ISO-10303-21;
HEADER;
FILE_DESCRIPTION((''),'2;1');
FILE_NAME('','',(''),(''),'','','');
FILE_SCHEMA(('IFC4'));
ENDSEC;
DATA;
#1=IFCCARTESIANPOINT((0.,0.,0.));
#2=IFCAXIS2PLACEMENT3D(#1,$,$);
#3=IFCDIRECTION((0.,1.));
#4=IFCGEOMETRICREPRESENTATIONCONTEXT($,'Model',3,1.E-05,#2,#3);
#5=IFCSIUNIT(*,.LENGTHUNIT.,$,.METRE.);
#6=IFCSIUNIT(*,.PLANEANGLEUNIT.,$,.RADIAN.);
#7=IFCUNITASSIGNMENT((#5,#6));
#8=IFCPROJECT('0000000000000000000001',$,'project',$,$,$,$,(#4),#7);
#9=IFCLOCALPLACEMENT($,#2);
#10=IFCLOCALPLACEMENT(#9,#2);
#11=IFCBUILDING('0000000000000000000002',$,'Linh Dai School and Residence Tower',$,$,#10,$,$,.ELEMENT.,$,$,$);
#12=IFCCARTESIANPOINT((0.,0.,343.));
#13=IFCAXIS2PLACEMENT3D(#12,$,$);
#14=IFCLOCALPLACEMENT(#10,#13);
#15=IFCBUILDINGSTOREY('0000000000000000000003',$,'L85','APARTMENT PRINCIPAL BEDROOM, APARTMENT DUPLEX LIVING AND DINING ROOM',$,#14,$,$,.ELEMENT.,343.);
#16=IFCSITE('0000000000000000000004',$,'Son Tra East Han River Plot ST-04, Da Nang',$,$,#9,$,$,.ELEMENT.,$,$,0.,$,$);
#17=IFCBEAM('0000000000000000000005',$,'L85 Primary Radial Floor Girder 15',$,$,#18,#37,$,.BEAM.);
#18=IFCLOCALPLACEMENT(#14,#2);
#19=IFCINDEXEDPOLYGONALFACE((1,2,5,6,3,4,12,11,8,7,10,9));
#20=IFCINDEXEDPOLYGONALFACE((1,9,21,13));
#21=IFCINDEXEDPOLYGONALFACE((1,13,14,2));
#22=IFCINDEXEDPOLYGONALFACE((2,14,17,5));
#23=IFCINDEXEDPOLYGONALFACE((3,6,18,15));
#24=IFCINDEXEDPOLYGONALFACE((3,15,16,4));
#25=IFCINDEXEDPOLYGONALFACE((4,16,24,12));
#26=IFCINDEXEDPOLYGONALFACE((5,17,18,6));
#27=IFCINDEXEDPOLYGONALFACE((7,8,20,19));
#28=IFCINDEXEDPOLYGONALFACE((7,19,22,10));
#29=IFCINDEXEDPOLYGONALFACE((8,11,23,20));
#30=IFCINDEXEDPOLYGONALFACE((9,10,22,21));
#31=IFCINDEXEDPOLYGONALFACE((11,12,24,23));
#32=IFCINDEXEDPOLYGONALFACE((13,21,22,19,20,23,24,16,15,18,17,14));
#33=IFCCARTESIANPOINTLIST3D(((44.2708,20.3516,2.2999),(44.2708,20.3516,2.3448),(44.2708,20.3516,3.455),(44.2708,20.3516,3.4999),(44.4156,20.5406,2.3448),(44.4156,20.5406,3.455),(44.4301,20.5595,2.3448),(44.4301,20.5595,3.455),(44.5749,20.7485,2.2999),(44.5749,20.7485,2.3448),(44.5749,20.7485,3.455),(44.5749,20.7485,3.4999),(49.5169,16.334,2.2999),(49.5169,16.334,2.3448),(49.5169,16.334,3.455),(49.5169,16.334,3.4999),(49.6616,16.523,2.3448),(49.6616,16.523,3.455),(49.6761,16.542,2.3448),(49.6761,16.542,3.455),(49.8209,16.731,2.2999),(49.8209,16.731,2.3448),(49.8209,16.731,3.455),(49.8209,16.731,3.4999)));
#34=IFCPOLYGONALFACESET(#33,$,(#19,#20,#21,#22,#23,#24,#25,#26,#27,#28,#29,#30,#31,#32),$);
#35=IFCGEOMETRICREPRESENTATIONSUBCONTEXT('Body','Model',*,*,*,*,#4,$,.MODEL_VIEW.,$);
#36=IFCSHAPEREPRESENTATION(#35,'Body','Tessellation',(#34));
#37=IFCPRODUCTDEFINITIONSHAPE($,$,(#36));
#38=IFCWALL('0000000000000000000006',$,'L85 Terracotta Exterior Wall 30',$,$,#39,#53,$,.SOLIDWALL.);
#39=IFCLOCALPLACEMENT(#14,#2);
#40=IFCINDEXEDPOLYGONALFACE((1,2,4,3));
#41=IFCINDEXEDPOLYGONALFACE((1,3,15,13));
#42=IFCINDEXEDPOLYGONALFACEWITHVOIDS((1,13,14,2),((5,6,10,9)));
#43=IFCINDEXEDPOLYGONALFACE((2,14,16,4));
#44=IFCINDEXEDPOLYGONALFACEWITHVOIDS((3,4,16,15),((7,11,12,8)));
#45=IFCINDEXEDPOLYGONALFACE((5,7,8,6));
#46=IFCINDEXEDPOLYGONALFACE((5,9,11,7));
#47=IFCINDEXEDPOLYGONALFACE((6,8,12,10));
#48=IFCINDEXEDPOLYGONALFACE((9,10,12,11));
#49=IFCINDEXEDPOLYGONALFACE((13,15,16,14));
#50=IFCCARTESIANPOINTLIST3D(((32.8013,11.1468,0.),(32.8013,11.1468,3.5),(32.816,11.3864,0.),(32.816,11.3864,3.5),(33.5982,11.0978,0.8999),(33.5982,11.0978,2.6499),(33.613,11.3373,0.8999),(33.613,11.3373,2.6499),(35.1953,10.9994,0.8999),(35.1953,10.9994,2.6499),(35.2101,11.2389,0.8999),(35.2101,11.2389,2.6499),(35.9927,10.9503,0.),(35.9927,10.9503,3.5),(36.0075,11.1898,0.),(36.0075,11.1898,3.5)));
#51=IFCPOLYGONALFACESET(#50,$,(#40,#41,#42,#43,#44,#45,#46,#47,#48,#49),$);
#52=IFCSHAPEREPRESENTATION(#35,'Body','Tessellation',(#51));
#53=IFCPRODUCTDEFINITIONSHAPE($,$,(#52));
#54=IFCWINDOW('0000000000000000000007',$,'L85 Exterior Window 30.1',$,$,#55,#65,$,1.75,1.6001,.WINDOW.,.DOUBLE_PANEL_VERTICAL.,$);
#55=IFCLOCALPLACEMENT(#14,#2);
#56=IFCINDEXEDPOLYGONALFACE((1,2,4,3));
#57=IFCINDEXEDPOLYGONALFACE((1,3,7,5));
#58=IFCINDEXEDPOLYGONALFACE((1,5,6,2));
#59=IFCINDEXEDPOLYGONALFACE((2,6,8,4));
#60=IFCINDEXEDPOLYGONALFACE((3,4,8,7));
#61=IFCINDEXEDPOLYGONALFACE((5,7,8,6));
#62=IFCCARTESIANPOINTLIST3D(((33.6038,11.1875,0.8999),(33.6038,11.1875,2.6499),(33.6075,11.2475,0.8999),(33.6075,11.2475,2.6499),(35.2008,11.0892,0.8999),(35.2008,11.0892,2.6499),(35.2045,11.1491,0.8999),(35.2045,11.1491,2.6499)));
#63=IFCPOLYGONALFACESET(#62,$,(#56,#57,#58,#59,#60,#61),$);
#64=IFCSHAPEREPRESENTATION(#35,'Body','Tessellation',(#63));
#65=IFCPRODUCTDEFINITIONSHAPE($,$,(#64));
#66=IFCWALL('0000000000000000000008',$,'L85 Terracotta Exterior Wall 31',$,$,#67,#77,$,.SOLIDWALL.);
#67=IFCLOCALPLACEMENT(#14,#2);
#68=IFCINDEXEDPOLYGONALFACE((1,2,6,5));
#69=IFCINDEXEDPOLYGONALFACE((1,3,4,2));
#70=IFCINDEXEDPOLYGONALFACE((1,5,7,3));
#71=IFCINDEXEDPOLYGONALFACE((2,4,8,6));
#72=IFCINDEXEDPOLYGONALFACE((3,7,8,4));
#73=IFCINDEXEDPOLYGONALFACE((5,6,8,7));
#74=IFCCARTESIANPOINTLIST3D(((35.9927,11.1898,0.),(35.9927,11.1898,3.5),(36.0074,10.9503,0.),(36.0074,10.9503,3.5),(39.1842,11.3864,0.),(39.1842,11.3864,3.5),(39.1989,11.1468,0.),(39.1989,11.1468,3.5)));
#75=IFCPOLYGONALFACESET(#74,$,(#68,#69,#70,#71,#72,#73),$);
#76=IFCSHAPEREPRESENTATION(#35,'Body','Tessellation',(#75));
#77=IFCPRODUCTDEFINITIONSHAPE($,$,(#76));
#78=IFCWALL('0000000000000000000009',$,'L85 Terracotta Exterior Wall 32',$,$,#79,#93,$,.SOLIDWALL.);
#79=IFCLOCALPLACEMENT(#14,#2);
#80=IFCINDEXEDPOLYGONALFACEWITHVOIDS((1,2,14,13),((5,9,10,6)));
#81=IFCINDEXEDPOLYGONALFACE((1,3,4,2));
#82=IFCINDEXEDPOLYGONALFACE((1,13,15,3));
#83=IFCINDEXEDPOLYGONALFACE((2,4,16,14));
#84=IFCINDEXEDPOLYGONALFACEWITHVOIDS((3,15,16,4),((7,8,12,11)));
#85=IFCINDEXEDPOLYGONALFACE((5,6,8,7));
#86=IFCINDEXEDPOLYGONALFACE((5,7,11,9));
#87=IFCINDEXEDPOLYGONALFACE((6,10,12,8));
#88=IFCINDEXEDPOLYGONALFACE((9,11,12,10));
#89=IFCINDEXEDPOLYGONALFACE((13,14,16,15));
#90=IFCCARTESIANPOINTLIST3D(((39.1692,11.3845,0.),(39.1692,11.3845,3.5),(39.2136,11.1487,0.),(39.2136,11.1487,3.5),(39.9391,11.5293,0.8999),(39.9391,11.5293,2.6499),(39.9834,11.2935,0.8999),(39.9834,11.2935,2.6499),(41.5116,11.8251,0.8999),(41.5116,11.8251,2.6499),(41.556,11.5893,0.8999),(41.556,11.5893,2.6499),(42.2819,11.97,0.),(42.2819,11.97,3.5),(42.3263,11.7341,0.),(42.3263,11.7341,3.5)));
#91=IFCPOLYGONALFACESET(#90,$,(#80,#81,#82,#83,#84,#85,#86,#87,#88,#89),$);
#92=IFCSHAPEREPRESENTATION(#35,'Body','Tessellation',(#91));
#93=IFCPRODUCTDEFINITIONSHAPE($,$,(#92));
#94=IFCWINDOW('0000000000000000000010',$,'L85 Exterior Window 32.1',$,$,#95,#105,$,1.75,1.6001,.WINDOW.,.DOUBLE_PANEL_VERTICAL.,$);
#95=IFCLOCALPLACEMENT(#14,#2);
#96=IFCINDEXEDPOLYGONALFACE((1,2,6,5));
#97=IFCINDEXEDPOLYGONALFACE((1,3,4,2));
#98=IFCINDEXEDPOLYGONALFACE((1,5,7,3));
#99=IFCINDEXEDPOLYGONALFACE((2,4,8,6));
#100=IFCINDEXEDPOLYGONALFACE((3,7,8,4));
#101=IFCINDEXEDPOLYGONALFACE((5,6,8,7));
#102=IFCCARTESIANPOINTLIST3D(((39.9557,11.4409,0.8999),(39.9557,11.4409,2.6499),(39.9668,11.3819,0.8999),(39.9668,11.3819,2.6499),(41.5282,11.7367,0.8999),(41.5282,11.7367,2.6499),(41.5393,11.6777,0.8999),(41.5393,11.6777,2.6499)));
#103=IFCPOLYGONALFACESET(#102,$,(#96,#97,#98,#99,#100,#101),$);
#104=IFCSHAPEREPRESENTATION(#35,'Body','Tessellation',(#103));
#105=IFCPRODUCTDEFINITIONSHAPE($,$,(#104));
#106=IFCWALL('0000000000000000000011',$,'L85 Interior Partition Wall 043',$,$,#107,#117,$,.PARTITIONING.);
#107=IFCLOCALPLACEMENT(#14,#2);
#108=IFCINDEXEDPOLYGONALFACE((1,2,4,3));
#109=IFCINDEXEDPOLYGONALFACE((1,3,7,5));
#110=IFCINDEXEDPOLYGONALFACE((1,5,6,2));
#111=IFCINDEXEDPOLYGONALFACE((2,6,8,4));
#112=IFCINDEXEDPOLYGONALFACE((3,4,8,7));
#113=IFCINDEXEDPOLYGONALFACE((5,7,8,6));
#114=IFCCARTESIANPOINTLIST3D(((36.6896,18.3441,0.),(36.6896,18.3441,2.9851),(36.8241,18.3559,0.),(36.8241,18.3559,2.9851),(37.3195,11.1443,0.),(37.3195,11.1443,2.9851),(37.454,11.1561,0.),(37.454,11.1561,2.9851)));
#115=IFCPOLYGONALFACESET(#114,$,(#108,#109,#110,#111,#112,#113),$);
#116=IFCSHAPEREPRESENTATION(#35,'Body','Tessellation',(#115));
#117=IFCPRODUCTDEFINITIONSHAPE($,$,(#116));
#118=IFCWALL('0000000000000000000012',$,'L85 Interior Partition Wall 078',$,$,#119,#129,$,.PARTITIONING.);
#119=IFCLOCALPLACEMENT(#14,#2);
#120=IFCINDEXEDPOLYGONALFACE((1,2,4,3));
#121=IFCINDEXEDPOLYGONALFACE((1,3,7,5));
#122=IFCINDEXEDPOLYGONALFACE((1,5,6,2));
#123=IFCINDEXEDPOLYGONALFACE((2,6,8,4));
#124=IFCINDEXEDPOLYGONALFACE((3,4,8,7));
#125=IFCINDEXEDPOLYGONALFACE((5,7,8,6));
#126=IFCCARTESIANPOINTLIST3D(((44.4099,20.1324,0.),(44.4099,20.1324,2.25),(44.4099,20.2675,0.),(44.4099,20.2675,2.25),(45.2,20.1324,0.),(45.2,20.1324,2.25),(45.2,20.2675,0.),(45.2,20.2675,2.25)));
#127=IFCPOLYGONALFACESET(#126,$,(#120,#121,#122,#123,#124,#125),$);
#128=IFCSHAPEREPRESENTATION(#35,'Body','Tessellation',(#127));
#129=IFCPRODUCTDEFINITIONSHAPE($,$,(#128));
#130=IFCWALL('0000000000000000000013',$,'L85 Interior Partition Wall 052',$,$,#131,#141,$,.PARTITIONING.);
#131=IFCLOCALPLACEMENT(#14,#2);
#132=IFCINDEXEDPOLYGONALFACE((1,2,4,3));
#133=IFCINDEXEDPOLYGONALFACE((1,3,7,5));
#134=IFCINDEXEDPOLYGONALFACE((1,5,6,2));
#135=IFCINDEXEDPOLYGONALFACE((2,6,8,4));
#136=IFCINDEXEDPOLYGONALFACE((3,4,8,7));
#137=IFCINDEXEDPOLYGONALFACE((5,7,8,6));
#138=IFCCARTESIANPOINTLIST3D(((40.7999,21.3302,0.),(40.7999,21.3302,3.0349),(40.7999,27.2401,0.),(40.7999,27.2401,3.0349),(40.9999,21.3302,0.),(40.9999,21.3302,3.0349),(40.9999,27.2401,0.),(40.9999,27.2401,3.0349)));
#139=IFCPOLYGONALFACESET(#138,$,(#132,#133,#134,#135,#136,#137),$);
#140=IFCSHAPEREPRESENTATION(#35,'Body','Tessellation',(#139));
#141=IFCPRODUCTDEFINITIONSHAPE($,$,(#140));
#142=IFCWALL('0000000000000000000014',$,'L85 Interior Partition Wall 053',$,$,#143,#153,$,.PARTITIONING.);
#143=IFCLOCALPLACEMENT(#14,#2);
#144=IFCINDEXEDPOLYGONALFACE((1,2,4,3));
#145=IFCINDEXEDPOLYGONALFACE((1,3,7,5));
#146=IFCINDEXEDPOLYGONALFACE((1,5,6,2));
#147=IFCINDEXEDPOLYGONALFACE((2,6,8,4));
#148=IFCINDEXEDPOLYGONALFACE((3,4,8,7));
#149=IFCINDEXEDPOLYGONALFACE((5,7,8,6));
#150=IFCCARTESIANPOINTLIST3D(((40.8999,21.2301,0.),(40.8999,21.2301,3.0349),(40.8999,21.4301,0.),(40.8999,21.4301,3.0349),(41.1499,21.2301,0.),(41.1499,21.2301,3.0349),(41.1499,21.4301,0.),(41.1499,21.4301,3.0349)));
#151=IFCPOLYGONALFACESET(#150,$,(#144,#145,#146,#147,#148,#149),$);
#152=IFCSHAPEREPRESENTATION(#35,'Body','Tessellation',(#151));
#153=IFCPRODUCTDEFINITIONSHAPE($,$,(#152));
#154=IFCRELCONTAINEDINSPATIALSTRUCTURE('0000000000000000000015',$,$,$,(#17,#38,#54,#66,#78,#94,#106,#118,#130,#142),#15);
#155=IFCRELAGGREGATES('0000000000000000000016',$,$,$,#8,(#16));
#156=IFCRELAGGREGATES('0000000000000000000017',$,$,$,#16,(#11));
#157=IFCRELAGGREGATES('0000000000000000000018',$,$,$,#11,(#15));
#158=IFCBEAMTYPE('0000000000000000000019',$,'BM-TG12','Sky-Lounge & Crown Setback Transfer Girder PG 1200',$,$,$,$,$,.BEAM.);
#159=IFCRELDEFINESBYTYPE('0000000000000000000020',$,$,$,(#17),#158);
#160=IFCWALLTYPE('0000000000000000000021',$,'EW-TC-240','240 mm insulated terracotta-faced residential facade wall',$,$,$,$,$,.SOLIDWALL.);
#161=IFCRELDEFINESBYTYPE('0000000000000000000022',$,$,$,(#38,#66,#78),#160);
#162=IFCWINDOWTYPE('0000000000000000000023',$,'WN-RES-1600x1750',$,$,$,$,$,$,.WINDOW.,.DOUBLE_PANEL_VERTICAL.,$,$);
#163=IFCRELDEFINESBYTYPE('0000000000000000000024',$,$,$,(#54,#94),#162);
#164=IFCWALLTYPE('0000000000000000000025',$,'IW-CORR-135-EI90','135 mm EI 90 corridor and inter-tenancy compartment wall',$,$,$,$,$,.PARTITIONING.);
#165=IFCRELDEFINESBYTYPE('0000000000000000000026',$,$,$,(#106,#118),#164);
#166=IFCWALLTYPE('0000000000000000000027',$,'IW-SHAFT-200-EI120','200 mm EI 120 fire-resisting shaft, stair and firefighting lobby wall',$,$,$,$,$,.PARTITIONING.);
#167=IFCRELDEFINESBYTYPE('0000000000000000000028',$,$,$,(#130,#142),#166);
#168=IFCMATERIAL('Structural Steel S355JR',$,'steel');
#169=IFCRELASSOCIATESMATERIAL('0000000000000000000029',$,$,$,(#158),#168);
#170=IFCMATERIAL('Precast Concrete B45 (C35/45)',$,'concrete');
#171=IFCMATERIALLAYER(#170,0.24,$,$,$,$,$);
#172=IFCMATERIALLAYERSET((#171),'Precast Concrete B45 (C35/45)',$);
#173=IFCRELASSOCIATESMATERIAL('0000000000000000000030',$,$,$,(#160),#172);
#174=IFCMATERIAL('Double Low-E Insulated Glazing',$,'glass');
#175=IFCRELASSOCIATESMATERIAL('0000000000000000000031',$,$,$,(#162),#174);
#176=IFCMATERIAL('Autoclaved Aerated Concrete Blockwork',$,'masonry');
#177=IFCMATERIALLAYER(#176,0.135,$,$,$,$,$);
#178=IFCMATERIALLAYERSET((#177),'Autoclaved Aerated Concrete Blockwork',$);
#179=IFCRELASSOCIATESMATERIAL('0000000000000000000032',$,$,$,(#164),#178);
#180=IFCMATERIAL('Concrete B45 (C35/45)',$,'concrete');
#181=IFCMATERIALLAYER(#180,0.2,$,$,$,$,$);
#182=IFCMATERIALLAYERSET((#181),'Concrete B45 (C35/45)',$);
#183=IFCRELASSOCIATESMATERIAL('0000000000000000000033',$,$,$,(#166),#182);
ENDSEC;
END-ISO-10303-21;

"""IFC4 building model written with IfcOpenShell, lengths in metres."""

from ifc_helpers import new_model, si_unit, direction, frame, frame_2d, origin, origin_2d, place, context, subcontext, project, spatial, rectangle, i_section, extrude, source, transform, mapped, material, layer, layer_set, material_profile, profile_set, type_object, element, fill, save


model = new_model("IFC4")

# Units and contexts
model_context = context("Model", 3, precision=1e-05, world=origin(), true_north=direction((0.0, 1.0)))
body_context = subcontext(model_context, "Body", "Model", "MODEL_VIEW")
ifc_project = project(units=[si_unit("LENGTHUNIT", "METRE"), si_unit("PLANEANGLEUNIT", "RADIAN")], contexts=[model_context])

# Site, building, storey
site_placement = place(None, origin())
site = spatial("IfcSite", under=ifc_project, at=site_placement, Name="Son Tra East Han River Plot ST-04, Da Nang", CompositionType="ELEMENT", RefElevation=0.0)
building_placement = place(site_placement, origin())
building = spatial("IfcBuilding", under=site, at=building_placement, Name="Linh Dai School and Residence Tower", CompositionType="ELEMENT")
storey_placement = place(building_placement, frame((0.0, 0.0, 343.0)))
storey = spatial("IfcBuildingStorey", under=building, at=storey_placement, Name="L85", Description="APARTMENT PRINCIPAL BEDROOM, APARTMENT DUPLEX LIVING AND DINING ROOM", CompositionType="ELEMENT", Elevation=343.0)

# Shared definitions
ifc_material_1 = material(Name="Structural Steel S355JR", Category="steel")

# Beam
ifc_material_profile_1 = material_profile(ifc_material_1, i_section(OverallWidth=0.5, OverallDepth=1.2, WebThickness=0.0239, FlangeThickness=0.0449, at=origin_2d()), Name="PG 1200x500x24x45")
ifc_profile_set_1 = profile_set([ifc_material_profile_1], Name="Structural Steel S355JR")
beam_type_1 = type_object("IfcBeamType", Name="BM-TG12", Description="Sky-Lounge & Crown Setback Transfer Girder PG 1200", PredefinedType="BEAM", material=ifc_profile_set_1)
beam_1_placement = place(storey_placement, frame((44.4229, 20.55, 2.8999), z_axis=(0.79393, -0.608009, 0.0), x_axis=(0.608009, 0.79393, 0.0)))
element("IfcBeam", 1, at=beam_1_placement, inside=storey, type_object=beam_type_1, Name="L85 Primary Radial Floor Girder 15", PredefinedType="BEAM", context=body_context, shape_type="SweptSolid", body=[
    extrude(i_section(OverallWidth=0.5, OverallDepth=1.2, WebThickness=0.0239, FlangeThickness=0.0449, at=origin_2d()), origin(), (0.0, 0.0, 1.0), 6.6077),
])

# Wall, opening, window
ifc_material_2 = material(Name="Precast Concrete B45 (C35/45)", Category="concrete")
ifc_layer_1 = layer(ifc_material_2, 0.24)
ifc_layer_set_1 = layer_set([ifc_layer_1], Name="Precast Concrete B45 (C35/45)")
wall_type_1 = type_object("IfcWallType", Name="EW-TC-240", Description="240 mm insulated terracotta-faced residential facade wall", PredefinedType="SOLIDWALL", material=ifc_layer_set_1)
wall_1_placement = place(storey_placement, frame((36.0, 11.0701, 0.0), z_axis=(0.0, 0.0, 1.0), x_axis=(-0.998109, 0.061466, 0.0)))
wall_1 = element("IfcWall", 2, at=wall_1_placement, inside=storey, type_object=wall_type_1, Name="L85 Terracotta Exterior Wall 30", PredefinedType="SOLIDWALL", context=body_context, shape_type="SweptSolid", body=[
    extrude(rectangle(XDim=3.1975, YDim=0.24, at=frame_2d((1.5986, 0.0))), origin(), (0.0, 0.0, 1.0), 3.5),
])
opening_1_placement = place(wall_1_placement, frame((0.7988, 0.0, 0.8999)))
opening_1 = element("IfcOpeningElement", 3, at=opening_1_placement, cuts=wall_1, PredefinedType="OPENING", context=body_context, shape_type="SweptSolid", body=[
    extrude(rectangle(XDim=1.6001, YDim=1.75, at=origin_2d()), frame((0.8, 0.1299, 0.875), z_axis=(0.0, -1.0, 0.0), x_axis=(1.0, 0.0, 0.0)), (0.0, 0.0, 1.0), 0.26),
])
ifc_material_3 = material(Name="Double Low-E Insulated Glazing", Category="glass")
window_type = type_object("IfcWindowType", Name="WN-RES-1600x1750", PartitioningType="DOUBLE_PANEL_VERTICAL", PredefinedType="WINDOW", material=ifc_material_3)
shared_shape_1 = source(origin(), body_context, "Body", "SweptSolid", [
    extrude(rectangle(XDim=1.6001, YDim=1.75, at=origin_2d()), frame((0.8, 0.03, 0.875), z_axis=(0.0, -1.0, 0.0), x_axis=(1.0, 0.0, 0.0)), (0.0, 0.0, 1.0), 0.0601),
])
window_1_placement = place(opening_1_placement, origin())
window_1 = element("IfcWindow", 4, at=window_1_placement, inside=storey, type_object=window_type, Name="L85 Exterior Window 30.1", OverallHeight=1.75, OverallWidth=1.6001, PartitioningType="DOUBLE_PANEL_VERTICAL", PredefinedType="WINDOW", context=body_context, shape_type="MappedRepresentation", body=[
    mapped(shared_shape_1, transform((0.0, 0.0, 0.0), x_axis=(1.0, 0.0, 0.0), y_axis=(0.0, 1.0, 0.0), z_axis=(0.0, 0.0, 1.0), scale=1.0)),
])
fill(opening_1, window_1)

# Wall
wall_2_placement = place(storey_placement, frame((39.1914, 11.2666, 0.0), z_axis=(0.0, 0.0, 1.0), x_axis=(-0.998109, -0.061466, 0.0)))
element("IfcWall", 5, at=wall_2_placement, inside=storey, type_object=wall_type_1, Name="L85 Terracotta Exterior Wall 31", PredefinedType="SOLIDWALL", context=body_context, shape_type="SweptSolid", body=[
    extrude(rectangle(XDim=3.1975, YDim=0.24, at=frame_2d((1.5986, 0.0))), origin(), (0.0, 0.0, 1.0), 3.5),
])

# Wall, opening, window
wall_3_placement = place(storey_placement, frame((42.304, 11.8521, 0.0), z_axis=(0.0, 0.0, 1.0), x_axis=(-0.982766, -0.184852, 0.0)))
wall_3 = element("IfcWall", 6, at=wall_3_placement, inside=storey, type_object=wall_type_1, Name="L85 Terracotta Exterior Wall 32", PredefinedType="SOLIDWALL", context=body_context, shape_type="SweptSolid", body=[
    extrude(rectangle(XDim=3.1672, YDim=0.24, at=frame_2d((1.5835, 0.0))), origin(), (0.0, 0.0, 1.0), 3.5),
])
opening_2_placement = place(wall_3_placement, frame((0.7837, 0.0, 0.8999)))
opening_2 = element("IfcOpeningElement", 7, at=opening_2_placement, cuts=wall_3, PredefinedType="OPENING", context=body_context, shape_type="SweptSolid", body=[
    extrude(rectangle(XDim=1.6001, YDim=1.75, at=origin_2d()), frame((0.8, 0.1299, 0.875), z_axis=(0.0, -1.0, 0.0), x_axis=(1.0, 0.0, 0.0)), (0.0, 0.0, 1.0), 0.26),
])
window_2_placement = place(opening_2_placement, origin())
window_2 = element("IfcWindow", 8, at=window_2_placement, inside=storey, type_object=window_type, Name="L85 Exterior Window 32.1", OverallHeight=1.75, OverallWidth=1.6001, PartitioningType="DOUBLE_PANEL_VERTICAL", PredefinedType="WINDOW", context=body_context, shape_type="MappedRepresentation", body=[
    mapped(shared_shape_1, transform((0.0, 0.0, 0.0), x_axis=(1.0, 0.0, 0.0), y_axis=(0.0, 1.0, 0.0), z_axis=(0.0, 0.0, 1.0), scale=1.0)),
])
fill(opening_2, window_2)

# Walls
ifc_material_4 = material(Name="Autoclaved Aerated Concrete Blockwork", Category="masonry")
ifc_layer_2 = layer(ifc_material_4, 0.135)
ifc_layer_set_2 = layer_set([ifc_layer_2], Name="Autoclaved Aerated Concrete Blockwork")
wall_type_2 = type_object("IfcWallType", Name="IW-CORR-135-EI90", Description="135 mm EI 90 corridor and inter-tenancy compartment wall", PredefinedType="PARTITIONING", material=ifc_layer_set_2)
wall_4_placement = place(storey_placement, frame((36.7568, 18.3501, 0.0), z_axis=(0.0, 0.0, 1.0), x_axis=(0.087154, -0.996195, 0.0)))
element("IfcWall", 9, at=wall_4_placement, inside=storey, type_object=wall_type_2, Name="L85 Interior Partition Wall 043", PredefinedType="PARTITIONING", context=body_context, shape_type="SweptSolid", body=[
    extrude(rectangle(XDim=7.2273, YDim=0.135, at=frame_2d((3.6138, 0.0))), origin(), (0.0, 0.0, 1.0), 2.9851),
])
wall_5_placement = place(storey_placement, frame((44.4099, 20.2, 0.0), z_axis=(0.0, 0.0, 1.0), x_axis=(1.0, 0.0, 0.0)))
element("IfcWall", 10, at=wall_5_placement, inside=storey, type_object=wall_type_2, Name="L85 Interior Partition Wall 078", PredefinedType="PARTITIONING", context=body_context, shape_type="SweptSolid", body=[
    extrude(rectangle(XDim=0.79, YDim=0.135, at=frame_2d((0.395, 0.0))), origin(), (0.0, 0.0, 1.0), 2.25),
])
ifc_material_5 = material(Name="Concrete B45 (C35/45)", Category="concrete")
ifc_layer_3 = layer(ifc_material_5, 0.2)
ifc_layer_set_3 = layer_set([ifc_layer_3], Name="Concrete B45 (C35/45)")
wall_type_3 = type_object("IfcWallType", Name="IW-SHAFT-200-EI120", Description="200 mm EI 120 fire-resisting shaft, stair and firefighting lobby wall", PredefinedType="PARTITIONING", material=ifc_layer_set_3)
wall_6_placement = place(storey_placement, frame((40.8999, 21.3301, 0.0), z_axis=(0.0, 0.0, 1.0), x_axis=(0.0, 1.0, 0.0)))
element("IfcWall", 11, at=wall_6_placement, inside=storey, type_object=wall_type_3, Name="L85 Interior Partition Wall 052", PredefinedType="PARTITIONING", context=body_context, shape_type="SweptSolid", body=[
    extrude(rectangle(XDim=5.9099, YDim=0.2, at=frame_2d((2.9551, 0.0))), origin(), (0.0, 0.0, 1.0), 3.0349),
])
wall_7_placement = place(storey_placement, frame((40.8999, 21.3301, 0.0), z_axis=(0.0, 0.0, 1.0), x_axis=(1.0, 0.0, 0.0)))
element("IfcWall", 12, at=wall_7_placement, inside=storey, type_object=wall_type_3, Name="L85 Interior Partition Wall 053", PredefinedType="PARTITIONING", context=body_context, shape_type="SweptSolid", body=[
    extrude(rectangle(XDim=0.25, YDim=0.2, at=frame_2d((0.125, 0.0))), origin(), (0.0, 0.0, 1.0), 3.0349),
])

save(model, "model.ifc")
